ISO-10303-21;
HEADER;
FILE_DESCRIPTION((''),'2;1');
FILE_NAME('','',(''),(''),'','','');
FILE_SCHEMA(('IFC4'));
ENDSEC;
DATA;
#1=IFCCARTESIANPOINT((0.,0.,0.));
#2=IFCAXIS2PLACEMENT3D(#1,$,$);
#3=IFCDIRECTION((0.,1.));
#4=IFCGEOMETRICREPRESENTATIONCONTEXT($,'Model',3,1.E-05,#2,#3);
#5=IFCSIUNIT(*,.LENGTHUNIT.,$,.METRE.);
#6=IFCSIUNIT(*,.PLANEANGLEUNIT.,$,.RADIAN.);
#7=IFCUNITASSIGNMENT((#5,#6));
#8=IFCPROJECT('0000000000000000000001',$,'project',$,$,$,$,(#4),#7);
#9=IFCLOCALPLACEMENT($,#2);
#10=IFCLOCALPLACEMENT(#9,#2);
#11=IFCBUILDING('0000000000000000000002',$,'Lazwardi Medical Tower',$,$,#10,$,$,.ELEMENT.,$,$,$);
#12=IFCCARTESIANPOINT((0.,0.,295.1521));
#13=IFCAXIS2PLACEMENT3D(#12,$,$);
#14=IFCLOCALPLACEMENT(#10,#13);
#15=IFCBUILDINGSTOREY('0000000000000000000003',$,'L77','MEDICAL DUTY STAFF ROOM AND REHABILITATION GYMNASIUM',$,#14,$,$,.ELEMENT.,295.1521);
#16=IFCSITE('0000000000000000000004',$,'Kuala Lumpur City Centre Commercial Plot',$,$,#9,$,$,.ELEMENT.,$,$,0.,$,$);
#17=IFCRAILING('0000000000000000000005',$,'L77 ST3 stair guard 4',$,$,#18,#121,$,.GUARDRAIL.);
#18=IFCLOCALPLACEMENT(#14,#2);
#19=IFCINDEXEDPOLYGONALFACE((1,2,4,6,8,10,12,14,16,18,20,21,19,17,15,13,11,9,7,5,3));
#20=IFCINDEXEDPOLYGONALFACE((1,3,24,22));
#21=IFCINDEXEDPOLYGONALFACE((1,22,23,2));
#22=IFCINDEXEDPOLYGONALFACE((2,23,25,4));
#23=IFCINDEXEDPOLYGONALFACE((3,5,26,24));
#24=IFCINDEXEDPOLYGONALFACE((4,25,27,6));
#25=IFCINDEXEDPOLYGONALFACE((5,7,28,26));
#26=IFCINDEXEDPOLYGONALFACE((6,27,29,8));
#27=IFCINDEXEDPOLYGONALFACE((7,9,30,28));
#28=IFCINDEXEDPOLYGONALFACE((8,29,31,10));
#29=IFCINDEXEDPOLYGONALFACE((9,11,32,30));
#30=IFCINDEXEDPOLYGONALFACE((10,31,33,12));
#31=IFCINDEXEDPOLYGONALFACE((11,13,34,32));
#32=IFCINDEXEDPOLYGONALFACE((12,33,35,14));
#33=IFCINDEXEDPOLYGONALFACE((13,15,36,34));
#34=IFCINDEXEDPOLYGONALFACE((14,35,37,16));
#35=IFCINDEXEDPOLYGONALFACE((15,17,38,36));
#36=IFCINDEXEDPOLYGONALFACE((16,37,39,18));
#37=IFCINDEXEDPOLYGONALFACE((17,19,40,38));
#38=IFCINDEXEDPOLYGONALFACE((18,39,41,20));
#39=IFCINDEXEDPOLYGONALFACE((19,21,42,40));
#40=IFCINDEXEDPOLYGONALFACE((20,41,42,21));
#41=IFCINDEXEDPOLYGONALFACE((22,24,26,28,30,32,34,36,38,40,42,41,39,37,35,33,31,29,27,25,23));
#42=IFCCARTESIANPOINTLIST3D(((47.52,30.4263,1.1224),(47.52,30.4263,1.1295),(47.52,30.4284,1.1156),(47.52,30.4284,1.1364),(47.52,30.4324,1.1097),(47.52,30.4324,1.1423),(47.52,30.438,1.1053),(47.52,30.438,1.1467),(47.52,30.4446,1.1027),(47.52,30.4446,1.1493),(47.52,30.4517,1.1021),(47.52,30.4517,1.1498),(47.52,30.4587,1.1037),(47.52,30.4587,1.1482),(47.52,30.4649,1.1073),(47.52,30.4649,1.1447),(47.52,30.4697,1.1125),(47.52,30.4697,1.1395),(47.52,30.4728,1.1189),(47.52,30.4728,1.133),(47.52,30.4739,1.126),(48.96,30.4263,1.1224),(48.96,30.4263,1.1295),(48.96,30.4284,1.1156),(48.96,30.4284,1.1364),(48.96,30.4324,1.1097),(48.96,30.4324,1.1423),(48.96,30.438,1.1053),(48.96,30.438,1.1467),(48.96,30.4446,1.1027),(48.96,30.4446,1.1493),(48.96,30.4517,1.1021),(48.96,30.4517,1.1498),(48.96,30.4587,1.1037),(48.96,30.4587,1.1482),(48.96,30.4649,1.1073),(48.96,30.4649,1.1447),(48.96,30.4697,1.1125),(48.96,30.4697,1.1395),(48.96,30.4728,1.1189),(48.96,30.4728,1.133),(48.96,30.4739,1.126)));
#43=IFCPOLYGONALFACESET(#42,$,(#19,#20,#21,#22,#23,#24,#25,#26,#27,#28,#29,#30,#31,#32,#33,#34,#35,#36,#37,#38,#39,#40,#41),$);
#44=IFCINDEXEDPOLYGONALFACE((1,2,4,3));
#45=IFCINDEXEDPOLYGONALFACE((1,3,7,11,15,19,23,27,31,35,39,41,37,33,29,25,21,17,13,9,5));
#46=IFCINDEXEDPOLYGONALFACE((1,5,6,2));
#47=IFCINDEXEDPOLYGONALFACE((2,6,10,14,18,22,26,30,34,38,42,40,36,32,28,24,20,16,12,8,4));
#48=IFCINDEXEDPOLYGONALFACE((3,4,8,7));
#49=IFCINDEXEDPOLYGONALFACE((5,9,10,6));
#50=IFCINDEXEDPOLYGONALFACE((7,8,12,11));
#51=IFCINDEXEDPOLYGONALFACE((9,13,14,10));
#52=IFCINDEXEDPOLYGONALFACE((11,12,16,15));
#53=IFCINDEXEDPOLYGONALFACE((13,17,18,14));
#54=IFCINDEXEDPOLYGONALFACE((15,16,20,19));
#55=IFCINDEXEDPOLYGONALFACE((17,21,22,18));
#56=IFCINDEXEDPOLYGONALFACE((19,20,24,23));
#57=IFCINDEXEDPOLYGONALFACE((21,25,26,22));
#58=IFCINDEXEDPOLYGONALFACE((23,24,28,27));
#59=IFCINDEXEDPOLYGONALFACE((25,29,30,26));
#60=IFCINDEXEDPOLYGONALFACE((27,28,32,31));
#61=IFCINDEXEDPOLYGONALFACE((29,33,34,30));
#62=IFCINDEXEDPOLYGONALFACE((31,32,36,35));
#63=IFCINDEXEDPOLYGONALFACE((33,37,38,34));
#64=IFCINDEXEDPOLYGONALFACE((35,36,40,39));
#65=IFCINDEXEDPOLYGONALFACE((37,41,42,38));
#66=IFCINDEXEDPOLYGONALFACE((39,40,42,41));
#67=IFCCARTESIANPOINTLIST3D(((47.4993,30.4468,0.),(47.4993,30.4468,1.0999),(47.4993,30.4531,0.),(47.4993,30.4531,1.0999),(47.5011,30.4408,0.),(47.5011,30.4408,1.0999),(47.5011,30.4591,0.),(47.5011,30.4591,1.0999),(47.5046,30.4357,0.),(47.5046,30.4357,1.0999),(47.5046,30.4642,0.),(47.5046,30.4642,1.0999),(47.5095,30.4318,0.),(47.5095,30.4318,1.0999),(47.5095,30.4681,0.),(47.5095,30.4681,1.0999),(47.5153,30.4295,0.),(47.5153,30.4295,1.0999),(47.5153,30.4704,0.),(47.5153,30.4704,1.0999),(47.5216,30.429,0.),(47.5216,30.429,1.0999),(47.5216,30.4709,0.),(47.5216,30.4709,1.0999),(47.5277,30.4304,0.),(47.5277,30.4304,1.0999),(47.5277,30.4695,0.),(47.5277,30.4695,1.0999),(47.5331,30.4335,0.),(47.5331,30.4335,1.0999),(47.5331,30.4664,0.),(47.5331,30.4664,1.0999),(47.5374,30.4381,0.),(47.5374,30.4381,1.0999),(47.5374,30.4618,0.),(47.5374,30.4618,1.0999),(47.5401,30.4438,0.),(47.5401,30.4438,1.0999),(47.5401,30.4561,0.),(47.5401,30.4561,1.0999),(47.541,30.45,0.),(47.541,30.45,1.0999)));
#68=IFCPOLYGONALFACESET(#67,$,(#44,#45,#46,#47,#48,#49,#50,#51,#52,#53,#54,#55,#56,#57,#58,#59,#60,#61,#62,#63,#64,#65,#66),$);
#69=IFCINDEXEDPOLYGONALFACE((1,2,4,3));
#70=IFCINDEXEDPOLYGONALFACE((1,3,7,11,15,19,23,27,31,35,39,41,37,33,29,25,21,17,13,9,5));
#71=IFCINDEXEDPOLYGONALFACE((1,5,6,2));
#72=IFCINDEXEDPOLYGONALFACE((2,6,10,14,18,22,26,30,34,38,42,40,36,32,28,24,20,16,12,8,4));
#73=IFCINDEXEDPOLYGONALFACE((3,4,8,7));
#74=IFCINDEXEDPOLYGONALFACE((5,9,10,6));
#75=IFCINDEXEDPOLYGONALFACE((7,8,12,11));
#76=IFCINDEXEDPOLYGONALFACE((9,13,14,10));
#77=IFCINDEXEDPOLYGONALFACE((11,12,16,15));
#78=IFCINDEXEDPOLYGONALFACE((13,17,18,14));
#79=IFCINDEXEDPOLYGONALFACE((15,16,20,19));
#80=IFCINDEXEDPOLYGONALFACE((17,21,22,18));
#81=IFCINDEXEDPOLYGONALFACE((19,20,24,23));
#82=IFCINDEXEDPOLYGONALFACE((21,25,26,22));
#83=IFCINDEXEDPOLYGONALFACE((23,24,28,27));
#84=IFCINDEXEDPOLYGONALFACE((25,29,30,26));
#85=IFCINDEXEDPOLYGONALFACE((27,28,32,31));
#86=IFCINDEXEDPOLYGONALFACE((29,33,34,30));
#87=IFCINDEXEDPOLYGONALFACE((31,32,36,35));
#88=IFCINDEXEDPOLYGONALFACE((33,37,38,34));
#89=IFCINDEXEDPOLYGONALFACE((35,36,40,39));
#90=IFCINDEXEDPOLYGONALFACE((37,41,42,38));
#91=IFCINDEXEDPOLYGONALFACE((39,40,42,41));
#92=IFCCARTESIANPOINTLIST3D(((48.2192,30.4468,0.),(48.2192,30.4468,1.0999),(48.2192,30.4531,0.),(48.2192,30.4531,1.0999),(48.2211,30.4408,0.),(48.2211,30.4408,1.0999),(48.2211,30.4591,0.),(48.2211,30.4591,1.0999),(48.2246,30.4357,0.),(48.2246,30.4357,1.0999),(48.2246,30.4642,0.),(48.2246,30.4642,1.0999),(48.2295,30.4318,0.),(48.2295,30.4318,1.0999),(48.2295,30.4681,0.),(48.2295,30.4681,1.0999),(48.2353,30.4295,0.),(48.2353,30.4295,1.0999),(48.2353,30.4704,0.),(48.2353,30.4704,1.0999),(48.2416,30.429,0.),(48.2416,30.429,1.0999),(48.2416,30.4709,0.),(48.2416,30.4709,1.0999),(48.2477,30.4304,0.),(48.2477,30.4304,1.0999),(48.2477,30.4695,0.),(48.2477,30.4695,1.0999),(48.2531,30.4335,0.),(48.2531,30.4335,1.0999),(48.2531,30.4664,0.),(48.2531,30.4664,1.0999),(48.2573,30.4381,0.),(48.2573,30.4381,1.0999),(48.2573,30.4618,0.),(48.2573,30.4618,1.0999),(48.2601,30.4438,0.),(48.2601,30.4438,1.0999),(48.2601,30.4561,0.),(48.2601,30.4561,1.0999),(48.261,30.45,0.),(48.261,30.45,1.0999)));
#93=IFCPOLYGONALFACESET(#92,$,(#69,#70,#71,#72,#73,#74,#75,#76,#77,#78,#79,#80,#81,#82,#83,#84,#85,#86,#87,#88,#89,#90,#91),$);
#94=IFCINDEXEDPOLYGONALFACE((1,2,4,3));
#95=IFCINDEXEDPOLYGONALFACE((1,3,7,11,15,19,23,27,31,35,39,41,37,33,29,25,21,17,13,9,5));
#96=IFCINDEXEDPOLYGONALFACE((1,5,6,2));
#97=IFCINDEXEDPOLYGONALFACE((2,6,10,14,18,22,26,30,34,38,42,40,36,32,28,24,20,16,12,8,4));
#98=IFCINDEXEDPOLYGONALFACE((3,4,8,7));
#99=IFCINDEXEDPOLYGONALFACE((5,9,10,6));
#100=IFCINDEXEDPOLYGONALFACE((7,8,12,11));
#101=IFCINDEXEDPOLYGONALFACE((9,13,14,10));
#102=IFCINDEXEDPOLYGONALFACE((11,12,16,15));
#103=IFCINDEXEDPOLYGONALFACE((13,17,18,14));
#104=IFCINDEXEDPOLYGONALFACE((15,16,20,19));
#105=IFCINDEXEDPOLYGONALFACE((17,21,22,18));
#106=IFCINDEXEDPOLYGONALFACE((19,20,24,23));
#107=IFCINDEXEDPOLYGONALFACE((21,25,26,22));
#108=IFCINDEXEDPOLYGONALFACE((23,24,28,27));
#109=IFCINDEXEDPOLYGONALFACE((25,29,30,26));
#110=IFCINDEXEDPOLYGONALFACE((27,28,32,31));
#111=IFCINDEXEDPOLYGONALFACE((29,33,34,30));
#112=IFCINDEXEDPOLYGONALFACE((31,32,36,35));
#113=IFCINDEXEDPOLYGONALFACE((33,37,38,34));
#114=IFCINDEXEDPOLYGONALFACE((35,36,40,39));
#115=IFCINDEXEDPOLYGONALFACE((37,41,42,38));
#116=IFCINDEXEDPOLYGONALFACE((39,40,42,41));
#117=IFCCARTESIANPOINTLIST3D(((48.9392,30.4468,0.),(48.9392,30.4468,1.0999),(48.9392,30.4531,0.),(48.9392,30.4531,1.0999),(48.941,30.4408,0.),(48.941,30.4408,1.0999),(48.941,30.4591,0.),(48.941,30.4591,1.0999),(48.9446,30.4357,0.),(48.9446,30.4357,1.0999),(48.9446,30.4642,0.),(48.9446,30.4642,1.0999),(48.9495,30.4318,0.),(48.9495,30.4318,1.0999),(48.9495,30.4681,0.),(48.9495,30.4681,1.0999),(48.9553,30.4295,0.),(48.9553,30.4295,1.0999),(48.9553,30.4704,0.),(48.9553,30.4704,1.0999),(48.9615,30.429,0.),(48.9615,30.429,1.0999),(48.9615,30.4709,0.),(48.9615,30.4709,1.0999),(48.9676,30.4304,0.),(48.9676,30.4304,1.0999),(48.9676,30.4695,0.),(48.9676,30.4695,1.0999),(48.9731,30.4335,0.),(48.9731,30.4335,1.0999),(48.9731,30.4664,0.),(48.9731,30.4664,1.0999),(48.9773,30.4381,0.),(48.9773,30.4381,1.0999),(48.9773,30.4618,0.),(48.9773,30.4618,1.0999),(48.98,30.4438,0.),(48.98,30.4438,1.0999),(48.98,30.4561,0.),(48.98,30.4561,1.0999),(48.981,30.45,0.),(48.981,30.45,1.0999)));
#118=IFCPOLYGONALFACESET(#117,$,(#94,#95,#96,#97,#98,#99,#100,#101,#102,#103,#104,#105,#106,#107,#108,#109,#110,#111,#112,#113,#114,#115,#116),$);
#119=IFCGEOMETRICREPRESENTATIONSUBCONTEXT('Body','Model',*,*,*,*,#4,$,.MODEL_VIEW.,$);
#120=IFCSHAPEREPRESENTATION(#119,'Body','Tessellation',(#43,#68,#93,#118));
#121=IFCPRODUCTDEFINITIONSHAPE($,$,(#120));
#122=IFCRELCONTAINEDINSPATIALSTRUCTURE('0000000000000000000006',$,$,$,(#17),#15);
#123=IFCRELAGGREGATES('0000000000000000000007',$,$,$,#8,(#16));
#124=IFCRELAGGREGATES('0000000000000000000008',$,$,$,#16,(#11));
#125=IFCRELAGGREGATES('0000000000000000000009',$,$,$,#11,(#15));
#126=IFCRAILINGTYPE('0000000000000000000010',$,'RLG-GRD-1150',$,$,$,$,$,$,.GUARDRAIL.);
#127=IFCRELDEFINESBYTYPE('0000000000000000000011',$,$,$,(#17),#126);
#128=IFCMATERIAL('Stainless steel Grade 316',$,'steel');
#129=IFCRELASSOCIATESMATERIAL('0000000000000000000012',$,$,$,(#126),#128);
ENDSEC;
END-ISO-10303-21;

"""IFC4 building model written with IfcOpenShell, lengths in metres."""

from ifc_helpers import new_model, si_unit, direction, frame, origin, origin_2d, place, context, subcontext, project, spatial, circle, extrude, material, type_object, element, save


model = new_model("IFC4")

# Units and contexts
model_context = context("Model", 3, precision=1e-05, world=origin(), true_north=direction((0.0, 1.0)))
body_context = subcontext(model_context, "Body", "Model", "MODEL_VIEW")
ifc_project = project(units=[si_unit("LENGTHUNIT", "METRE"), si_unit("PLANEANGLEUNIT", "RADIAN")], contexts=[model_context])

# Site, building, storey
site_placement = place(None, origin())
site = spatial("IfcSite", under=ifc_project, at=site_placement, Name="Kuala Lumpur City Centre Commercial Plot", CompositionType="ELEMENT", RefElevation=0.0)
building_placement = place(site_placement, origin())
building = spatial("IfcBuilding", under=site, at=building_placement, Name="Lazwardi Medical Tower", CompositionType="ELEMENT")
storey_placement = place(building_placement, frame((0.0, 0.0, 295.1521)))
storey = spatial("IfcBuildingStorey", under=building, at=storey_placement, Name="L77", Description="MEDICAL DUTY STAFF ROOM AND REHABILITATION GYMNASIUM", CompositionType="ELEMENT", Elevation=295.1521)

# Railing
ifc_material_1 = material(Name="Stainless steel Grade 316", Category="steel")
railing_type_1 = type_object("IfcRailingType", Name="RLG-GRD-1150", PredefinedType="GUARDRAIL", material=ifc_material_1)
railing_1_placement = place(storey_placement, frame((47.52, 30.45, 0.0)))
element("IfcRailing", 1, at=railing_1_placement, inside=storey, type_object=railing_type_1, Name="L77 ST3 stair guard 4", PredefinedType="GUARDRAIL", context=body_context, shape_type="SweptSolid", body=[
    extrude(circle(Radius=0.0239, at=origin_2d()), frame((0.0, 0.0, 1.126), z_axis=(1.0, 0.0, 0.0), x_axis=(0.0, 1.0, 0.0)), (0.0, 0.0, 1.0), 1.4399),
    extrude(circle(Radius=0.021, at=origin_2d()), origin(), (0.0, 0.0, 1.0), 1.0999),
    extrude(circle(Radius=0.021, at=origin_2d()), frame((0.72, 0.0, 0.0)), (0.0, 0.0, 1.0), 1.0999),
    extrude(circle(Radius=0.021, at=origin_2d()), frame((1.4399, 0.0, 0.0)), (0.0, 0.0, 1.0), 1.0999),
])

save(model, "model.ifc")
